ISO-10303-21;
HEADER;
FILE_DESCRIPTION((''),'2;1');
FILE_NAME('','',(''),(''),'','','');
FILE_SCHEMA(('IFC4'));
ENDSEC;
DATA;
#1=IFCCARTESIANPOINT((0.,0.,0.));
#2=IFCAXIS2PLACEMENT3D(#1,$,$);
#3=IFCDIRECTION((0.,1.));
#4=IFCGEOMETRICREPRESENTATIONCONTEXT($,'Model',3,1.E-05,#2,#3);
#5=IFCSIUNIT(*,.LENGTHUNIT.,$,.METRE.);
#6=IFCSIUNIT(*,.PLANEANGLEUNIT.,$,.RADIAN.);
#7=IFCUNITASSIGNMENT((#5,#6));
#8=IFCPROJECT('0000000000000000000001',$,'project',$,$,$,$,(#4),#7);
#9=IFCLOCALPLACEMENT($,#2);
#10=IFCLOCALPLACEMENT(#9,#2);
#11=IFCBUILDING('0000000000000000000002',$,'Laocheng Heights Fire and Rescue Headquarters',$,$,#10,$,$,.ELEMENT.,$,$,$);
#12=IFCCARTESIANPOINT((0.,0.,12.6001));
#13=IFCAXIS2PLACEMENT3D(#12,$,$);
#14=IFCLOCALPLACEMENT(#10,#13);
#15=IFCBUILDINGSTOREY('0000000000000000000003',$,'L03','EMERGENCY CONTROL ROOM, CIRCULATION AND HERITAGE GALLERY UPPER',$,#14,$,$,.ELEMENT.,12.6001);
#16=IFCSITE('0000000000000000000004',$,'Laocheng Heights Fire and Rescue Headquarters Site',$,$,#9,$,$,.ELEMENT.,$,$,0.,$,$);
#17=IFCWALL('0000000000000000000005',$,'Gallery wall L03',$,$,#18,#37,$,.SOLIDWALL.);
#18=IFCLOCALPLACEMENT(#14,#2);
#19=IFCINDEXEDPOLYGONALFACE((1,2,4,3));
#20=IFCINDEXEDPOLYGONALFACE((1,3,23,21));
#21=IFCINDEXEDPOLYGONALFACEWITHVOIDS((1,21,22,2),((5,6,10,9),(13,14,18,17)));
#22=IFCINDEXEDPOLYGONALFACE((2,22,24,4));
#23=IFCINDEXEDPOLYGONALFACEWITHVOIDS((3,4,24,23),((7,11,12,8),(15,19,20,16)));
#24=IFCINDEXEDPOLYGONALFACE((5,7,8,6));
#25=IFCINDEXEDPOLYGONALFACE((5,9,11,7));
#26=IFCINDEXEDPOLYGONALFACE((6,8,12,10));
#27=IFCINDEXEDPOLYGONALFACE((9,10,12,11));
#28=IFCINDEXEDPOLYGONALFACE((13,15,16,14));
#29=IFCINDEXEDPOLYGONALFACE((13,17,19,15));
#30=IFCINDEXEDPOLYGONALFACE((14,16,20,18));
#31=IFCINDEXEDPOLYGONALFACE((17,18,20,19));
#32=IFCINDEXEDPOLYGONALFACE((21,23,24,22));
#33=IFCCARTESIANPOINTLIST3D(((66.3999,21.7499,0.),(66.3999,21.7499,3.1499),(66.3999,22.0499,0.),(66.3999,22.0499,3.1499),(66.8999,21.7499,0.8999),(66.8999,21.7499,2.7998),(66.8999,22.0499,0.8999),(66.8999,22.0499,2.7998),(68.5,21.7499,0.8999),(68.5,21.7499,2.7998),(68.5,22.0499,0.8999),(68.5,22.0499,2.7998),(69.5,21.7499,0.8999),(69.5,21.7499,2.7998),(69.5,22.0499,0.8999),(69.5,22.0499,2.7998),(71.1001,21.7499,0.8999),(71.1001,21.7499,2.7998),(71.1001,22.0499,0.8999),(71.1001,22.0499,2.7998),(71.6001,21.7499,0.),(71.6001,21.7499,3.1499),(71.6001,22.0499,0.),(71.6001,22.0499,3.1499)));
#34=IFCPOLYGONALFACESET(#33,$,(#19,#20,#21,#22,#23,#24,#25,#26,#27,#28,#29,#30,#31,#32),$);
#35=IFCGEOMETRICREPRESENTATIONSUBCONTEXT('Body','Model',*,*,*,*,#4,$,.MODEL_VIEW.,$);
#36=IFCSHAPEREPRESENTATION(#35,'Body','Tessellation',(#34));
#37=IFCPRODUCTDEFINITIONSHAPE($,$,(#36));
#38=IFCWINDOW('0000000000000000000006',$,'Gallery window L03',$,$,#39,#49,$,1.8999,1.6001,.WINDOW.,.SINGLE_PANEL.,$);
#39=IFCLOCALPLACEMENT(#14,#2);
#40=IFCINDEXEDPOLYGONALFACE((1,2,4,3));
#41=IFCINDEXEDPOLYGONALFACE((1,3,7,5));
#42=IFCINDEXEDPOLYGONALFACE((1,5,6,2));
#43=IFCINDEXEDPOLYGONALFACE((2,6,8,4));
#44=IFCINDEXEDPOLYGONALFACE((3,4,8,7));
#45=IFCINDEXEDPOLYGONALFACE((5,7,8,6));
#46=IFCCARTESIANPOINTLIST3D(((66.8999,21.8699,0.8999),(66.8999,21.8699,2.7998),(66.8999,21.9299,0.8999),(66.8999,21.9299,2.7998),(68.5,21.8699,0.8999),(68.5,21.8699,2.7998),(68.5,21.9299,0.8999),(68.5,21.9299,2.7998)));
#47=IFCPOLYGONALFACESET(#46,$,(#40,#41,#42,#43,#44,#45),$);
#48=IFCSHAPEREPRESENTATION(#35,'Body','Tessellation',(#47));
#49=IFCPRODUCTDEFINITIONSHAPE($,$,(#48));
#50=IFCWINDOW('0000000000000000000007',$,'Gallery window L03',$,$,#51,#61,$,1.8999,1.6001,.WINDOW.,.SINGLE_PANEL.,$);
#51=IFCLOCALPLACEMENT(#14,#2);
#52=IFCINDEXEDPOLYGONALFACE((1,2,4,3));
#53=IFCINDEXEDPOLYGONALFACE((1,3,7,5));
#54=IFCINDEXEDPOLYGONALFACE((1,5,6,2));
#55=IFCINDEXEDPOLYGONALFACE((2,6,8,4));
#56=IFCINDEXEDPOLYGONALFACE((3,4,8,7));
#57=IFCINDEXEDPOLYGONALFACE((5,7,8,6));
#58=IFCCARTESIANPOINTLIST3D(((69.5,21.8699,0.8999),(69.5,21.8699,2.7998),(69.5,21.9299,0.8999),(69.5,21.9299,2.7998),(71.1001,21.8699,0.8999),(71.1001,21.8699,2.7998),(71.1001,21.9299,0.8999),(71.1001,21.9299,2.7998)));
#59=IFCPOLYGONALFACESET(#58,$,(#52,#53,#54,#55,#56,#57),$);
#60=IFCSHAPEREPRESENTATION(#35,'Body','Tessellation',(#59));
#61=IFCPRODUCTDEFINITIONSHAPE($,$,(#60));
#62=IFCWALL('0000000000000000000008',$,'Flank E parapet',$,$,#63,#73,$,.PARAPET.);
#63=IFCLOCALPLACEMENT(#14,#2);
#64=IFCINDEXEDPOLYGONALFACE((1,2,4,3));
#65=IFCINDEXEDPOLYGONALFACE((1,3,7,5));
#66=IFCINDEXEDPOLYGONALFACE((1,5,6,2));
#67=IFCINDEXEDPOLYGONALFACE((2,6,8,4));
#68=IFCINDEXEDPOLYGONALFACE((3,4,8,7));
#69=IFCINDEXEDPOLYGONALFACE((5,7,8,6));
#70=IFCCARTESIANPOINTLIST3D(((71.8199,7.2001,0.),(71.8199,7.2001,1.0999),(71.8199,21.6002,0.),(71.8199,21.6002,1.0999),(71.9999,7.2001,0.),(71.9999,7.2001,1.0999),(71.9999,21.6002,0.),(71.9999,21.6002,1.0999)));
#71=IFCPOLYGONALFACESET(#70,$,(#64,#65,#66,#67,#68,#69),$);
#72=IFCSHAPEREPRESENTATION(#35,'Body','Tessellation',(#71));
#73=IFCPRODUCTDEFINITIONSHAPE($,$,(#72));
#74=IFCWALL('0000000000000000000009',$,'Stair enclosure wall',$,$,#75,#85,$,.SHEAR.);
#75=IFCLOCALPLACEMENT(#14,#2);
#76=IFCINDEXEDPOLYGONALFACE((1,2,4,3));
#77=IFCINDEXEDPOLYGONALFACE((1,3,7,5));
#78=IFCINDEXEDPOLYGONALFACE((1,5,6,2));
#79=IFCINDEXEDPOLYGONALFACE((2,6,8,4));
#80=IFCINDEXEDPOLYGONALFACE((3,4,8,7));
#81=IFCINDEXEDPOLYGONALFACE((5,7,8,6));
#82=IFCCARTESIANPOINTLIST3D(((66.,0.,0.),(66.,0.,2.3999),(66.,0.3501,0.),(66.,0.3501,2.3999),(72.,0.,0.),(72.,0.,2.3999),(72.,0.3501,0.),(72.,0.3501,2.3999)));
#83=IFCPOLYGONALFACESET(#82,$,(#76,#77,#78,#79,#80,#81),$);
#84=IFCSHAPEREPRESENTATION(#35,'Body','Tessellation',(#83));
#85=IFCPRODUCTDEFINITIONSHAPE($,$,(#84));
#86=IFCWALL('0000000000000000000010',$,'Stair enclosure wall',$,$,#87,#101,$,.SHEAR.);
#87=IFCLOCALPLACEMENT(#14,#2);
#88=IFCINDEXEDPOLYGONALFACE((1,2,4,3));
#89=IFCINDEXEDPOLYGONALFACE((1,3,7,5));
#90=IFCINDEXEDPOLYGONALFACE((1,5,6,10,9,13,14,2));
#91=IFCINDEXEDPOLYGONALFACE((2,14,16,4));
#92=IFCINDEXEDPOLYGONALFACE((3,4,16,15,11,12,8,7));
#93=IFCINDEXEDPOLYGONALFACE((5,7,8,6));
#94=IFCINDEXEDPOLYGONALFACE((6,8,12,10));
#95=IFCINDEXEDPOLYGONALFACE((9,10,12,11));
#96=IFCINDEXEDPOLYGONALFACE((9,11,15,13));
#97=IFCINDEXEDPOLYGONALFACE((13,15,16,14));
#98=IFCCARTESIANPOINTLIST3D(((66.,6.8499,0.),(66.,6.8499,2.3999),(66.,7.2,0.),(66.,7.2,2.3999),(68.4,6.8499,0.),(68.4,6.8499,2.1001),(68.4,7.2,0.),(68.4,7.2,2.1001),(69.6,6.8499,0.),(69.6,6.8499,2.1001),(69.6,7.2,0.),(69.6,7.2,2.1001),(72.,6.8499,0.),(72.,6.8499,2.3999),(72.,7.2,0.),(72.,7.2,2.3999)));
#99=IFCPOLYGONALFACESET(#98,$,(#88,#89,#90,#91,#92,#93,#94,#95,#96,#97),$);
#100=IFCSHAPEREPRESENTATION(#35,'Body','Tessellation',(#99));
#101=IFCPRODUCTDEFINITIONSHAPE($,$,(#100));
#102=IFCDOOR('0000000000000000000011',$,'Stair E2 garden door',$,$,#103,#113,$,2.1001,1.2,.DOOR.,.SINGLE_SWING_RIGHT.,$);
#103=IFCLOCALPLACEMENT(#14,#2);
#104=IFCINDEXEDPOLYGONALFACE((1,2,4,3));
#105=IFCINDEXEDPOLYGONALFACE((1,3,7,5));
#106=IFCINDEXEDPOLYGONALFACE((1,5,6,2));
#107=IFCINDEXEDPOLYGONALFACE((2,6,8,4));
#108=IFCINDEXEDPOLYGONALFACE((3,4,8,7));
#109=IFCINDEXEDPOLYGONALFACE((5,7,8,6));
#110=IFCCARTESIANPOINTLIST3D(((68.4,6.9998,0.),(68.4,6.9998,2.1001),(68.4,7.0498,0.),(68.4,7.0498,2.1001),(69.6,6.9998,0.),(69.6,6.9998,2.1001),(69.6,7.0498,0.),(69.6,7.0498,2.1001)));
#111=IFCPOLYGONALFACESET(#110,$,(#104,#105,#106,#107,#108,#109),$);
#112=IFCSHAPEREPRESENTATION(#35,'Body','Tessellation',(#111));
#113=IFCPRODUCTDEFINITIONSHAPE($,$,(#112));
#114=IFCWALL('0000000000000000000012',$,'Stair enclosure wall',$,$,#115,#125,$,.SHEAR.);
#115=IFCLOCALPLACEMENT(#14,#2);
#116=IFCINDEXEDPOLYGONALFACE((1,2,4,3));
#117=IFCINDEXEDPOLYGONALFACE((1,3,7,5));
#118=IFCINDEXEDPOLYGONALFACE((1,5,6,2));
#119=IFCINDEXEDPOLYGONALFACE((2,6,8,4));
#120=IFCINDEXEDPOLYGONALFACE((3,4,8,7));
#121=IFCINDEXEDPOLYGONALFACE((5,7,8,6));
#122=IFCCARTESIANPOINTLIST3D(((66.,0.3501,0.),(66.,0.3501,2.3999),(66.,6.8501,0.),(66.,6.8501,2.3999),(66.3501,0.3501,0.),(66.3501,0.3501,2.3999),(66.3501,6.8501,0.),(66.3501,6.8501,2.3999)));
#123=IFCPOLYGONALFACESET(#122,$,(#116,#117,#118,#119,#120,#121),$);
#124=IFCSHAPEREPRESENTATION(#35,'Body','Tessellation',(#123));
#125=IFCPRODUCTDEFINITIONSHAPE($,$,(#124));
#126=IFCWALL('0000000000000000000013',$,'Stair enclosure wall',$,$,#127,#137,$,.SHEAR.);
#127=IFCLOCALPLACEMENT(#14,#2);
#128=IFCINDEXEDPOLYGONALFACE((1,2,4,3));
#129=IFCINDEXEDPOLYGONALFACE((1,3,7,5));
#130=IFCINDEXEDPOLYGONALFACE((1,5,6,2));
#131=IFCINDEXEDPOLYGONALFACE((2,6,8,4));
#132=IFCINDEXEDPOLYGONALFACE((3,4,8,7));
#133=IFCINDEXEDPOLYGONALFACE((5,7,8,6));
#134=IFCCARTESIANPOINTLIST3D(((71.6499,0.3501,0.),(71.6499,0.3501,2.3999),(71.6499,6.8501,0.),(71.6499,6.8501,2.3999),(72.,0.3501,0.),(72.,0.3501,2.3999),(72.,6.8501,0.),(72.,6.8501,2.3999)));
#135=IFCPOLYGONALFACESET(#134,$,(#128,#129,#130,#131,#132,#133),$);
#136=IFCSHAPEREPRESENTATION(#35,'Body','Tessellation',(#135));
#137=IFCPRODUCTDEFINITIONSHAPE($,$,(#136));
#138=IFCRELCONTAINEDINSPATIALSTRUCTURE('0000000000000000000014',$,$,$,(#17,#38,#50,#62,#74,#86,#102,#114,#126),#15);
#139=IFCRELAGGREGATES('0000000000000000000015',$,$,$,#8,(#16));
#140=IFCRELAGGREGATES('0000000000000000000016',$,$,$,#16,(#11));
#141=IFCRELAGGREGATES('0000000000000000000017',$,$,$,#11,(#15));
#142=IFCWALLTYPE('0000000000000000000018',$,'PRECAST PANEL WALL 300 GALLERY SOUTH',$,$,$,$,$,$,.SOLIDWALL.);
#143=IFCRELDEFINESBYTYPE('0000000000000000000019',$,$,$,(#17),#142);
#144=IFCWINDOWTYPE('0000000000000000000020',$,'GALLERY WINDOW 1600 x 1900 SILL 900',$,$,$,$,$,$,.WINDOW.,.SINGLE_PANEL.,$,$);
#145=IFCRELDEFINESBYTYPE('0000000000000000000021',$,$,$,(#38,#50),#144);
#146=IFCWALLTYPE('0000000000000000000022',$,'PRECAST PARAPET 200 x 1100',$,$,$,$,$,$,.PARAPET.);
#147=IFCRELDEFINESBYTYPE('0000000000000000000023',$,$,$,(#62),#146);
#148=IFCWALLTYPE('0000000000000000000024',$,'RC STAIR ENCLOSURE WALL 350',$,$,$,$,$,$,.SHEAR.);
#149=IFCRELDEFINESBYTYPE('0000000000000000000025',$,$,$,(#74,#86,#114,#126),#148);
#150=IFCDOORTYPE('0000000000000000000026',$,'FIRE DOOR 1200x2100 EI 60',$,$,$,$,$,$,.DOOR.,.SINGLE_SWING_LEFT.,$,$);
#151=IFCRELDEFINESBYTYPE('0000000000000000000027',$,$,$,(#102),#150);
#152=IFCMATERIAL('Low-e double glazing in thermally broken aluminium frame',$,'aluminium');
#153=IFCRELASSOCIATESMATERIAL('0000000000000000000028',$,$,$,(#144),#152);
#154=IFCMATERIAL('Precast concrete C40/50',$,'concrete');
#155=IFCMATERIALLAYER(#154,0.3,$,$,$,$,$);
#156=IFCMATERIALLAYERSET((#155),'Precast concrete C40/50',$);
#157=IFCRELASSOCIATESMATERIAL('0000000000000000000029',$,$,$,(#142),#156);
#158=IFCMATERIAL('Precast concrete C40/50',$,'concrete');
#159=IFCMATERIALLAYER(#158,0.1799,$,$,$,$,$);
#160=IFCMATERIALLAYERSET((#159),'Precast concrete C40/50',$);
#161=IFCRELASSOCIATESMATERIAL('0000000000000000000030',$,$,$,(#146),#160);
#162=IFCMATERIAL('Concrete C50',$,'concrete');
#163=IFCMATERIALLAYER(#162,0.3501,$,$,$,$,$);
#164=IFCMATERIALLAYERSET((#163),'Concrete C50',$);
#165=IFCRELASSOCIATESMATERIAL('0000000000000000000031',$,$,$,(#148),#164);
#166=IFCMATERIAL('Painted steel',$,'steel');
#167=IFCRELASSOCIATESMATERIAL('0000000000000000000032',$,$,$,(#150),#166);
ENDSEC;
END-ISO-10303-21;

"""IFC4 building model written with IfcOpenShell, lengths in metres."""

from ifc_helpers import new_model, si_unit, direction, frame, frame_2d, origin, place, context, subcontext, project, spatial, rectangle, extrude, material, layer, layer_set, type_object, element, fill, save


model = new_model("IFC4")

# Units and contexts
model_context = context("Model", 3, precision=1e-05, world=origin(), true_north=direction((0.0, 1.0)))
body_context = subcontext(model_context, "Body", "Model", "MODEL_VIEW")
ifc_project = project(units=[si_unit("LENGTHUNIT", "METRE"), si_unit("PLANEANGLEUNIT", "RADIAN")], contexts=[model_context])

# Site, building, storey
site_placement = place(None, origin())
site = spatial("IfcSite", under=ifc_project, at=site_placement, Name="Laocheng Heights Fire and Rescue Headquarters Site", CompositionType="ELEMENT", RefElevation=0.0)
building_placement = place(site_placement, origin())
building = spatial("IfcBuilding", under=site, at=building_placement, Name="Laocheng Heights Fire and Rescue Headquarters", CompositionType="ELEMENT")
storey_placement = place(building_placement, frame((0.0, 0.0, 12.6001)))
storey = spatial("IfcBuildingStorey", under=building, at=storey_placement, Name="L03", Description="EMERGENCY CONTROL ROOM, CIRCULATION AND HERITAGE GALLERY UPPER", CompositionType="ELEMENT", Elevation=12.6001)

# Shared definitions
ifc_material_1 = material(Name="Low-e double glazing in thermally broken aluminium frame", Category="aluminium")
window_type = type_object("IfcWindowType", Name="GALLERY WINDOW 1600 x 1900 SILL 900", PartitioningType="SINGLE_PANEL", PredefinedType="WINDOW", material=ifc_material_1)

# Wall, openings, windows
ifc_material_2 = material(Name="Precast concrete C40/50", Category="concrete")
ifc_layer_1 = layer(ifc_material_2, 0.3)
ifc_layer_set_1 = layer_set([ifc_layer_1], Name="Precast concrete C40/50")
wall_type_1 = type_object("IfcWallType", Name="PRECAST PANEL WALL 300 GALLERY SOUTH", PredefinedType="SOLIDWALL", material=ifc_layer_set_1)
wall_1_placement = place(storey_placement, frame((66.3999, 21.8999, 0.0), z_axis=(0.0, 0.0, 1.0), x_axis=(1.0, 0.0, 0.0)))
wall_1 = element("IfcWall", 1, at=wall_1_placement, inside=storey, type_object=wall_type_1, Name="Gallery wall L03", PredefinedType="SOLIDWALL", context=body_context, shape_type="SweptSolid", body=[
    extrude(rectangle(XDim=5.2002, YDim=0.3, at=frame_2d((2.6001, 0.0))), origin(), (0.0, 0.0, 1.0), 3.1499),
])
opening_1_placement = place(wall_1_placement, frame((0.5, 0.0, 0.8999)))
opening_1 = element("IfcOpeningElement", 2, at=opening_1_placement, cuts=wall_1, PredefinedType="OPENING", context=body_context, shape_type="SweptSolid", body=[
    extrude(rectangle(XDim=1.6001, YDim=1.8999, at=frame_2d((0.8, 0.95))), frame((0.0, 0.1599, 0.0), z_axis=(0.0, -1.0, 0.0), x_axis=(1.0, 0.0, 0.0)), (0.0, 0.0, 1.0), 0.3201),
])
opening_2_placement = place(wall_1_placement, frame((3.1001, 0.0, 0.8999)))
opening_2 = element("IfcOpeningElement", 3, at=opening_2_placement, cuts=wall_1, PredefinedType="OPENING", context=body_context, shape_type="SweptSolid", body=[
    extrude(rectangle(XDim=1.6001, YDim=1.8999, at=frame_2d((0.8, 0.95))), frame((0.0, 0.1599, 0.0), z_axis=(0.0, -1.0, 0.0), x_axis=(1.0, 0.0, 0.0)), (0.0, 0.0, 1.0), 0.3201),
])
window_1_placement = place(opening_1_placement, origin())
window_1 = element("IfcWindow", 4, at=window_1_placement, inside=storey, type_object=window_type, Name="Gallery window L03", OverallHeight=1.8999, OverallWidth=1.6001, PartitioningType="SINGLE_PANEL", PredefinedType="WINDOW", context=body_context, shape_type="SweptSolid", body=[
    extrude(rectangle(XDim=1.6001, YDim=1.8999, at=frame_2d((0.8, 0.95))), frame((0.0, 0.03, 0.0), z_axis=(0.0, -1.0, 0.0), x_axis=(1.0, 0.0, 0.0)), (0.0, 0.0, 1.0), 0.0601),
])
fill(opening_1, window_1)
window_2_placement = place(opening_2_placement, origin())
window_2 = element("IfcWindow", 5, at=window_2_placement, inside=storey, type_object=window_type, Name="Gallery window L03", OverallHeight=1.8999, OverallWidth=1.6001, PartitioningType="SINGLE_PANEL", PredefinedType="WINDOW", context=body_context, shape_type="SweptSolid", body=[
    extrude(rectangle(XDim=1.6001, YDim=1.8999, at=frame_2d((0.8, 0.95))), frame((0.0, 0.03, 0.0), z_axis=(0.0, -1.0, 0.0), x_axis=(1.0, 0.0, 0.0)), (0.0, 0.0, 1.0), 0.0601),
])
fill(opening_2, window_2)

# Walls
ifc_material_3 = material(Name="Precast concrete C40/50", Category="concrete")
ifc_layer_2 = layer(ifc_material_3, 0.1799)
ifc_layer_set_2 = layer_set([ifc_layer_2], Name="Precast concrete C40/50")
wall_type_2 = type_object("IfcWallType", Name="PRECAST PARAPET 200 x 1100", PredefinedType="PARAPET", material=ifc_layer_set_2)
wall_2_placement = place(storey_placement, frame((71.9099, 7.2, 0.0), z_axis=(0.0, 0.0, 1.0), x_axis=(0.0, 1.0, 0.0)))
element("IfcWall", 6, at=wall_2_placement, inside=storey, type_object=wall_type_2, Name="Flank E parapet", PredefinedType="PARAPET", context=body_context, shape_type="SweptSolid", body=[
    extrude(rectangle(XDim=14.4001, YDim=0.1799, at=frame_2d((7.2002, 0.0))), origin(), (0.0, 0.0, 1.0), 1.0999),
])
ifc_material_4 = material(Name="Concrete C50", Category="concrete")
ifc_layer_3 = layer(ifc_material_4, 0.3501)
ifc_layer_set_3 = layer_set([ifc_layer_3], Name="Concrete C50")
wall_type_3 = type_object("IfcWallType", Name="RC STAIR ENCLOSURE WALL 350", PredefinedType="SHEAR", material=ifc_layer_set_3)
wall_3_placement = place(storey_placement, frame((66.0, 0.175, 0.0), z_axis=(0.0, 0.0, 1.0), x_axis=(1.0, 0.0, 0.0)))
element("IfcWall", 7, at=wall_3_placement, inside=storey, type_object=wall_type_3, Name="Stair enclosure wall", PredefinedType="SHEAR", context=body_context, shape_type="SweptSolid", body=[
    extrude(rectangle(XDim=6.0, YDim=0.3501, at=frame_2d((3.0, 0.0))), origin(), (0.0, 0.0, 1.0), 2.3999),
])

# Wall, opening, door
wall_4_placement = place(storey_placement, frame((66.0, 7.0249, 0.0), z_axis=(0.0, 0.0, 1.0), x_axis=(1.0, 0.0, 0.0)))
wall_4 = element("IfcWall", 8, at=wall_4_placement, inside=storey, type_object=wall_type_3, Name="Stair enclosure wall", PredefinedType="SHEAR", context=body_context, shape_type="SweptSolid", body=[
    extrude(rectangle(XDim=6.0, YDim=0.3501, at=frame_2d((3.0, 0.0))), origin(), (0.0, 0.0, 1.0), 2.3999),
])
opening_3_placement = place(wall_4_placement, frame((2.3999, 0.0, 0.0)))
opening_3 = element("IfcOpeningElement", 9, at=opening_3_placement, cuts=wall_4, PredefinedType="OPENING", context=body_context, shape_type="SweptSolid", body=[
    extrude(rectangle(XDim=1.2, YDim=2.1001, at=frame_2d((0.6001, 1.05))), frame((0.0, 0.1851, 0.0), z_axis=(0.0, -1.0, 0.0), x_axis=(1.0, 0.0, 0.0)), (0.0, 0.0, 1.0), 0.3701),
])
ifc_material_5 = material(Name="Painted steel", Category="steel")
door_type_1 = type_object("IfcDoorType", Name="FIRE DOOR 1200x2100 EI 60", OperationType="SINGLE_SWING_LEFT", PredefinedType="DOOR", material=ifc_material_5)
door_1_placement = place(opening_3_placement, origin())
door_1 = element("IfcDoor", 10, at=door_1_placement, inside=storey, type_object=door_type_1, Name="Stair E2 garden door", OperationType="SINGLE_SWING_RIGHT", OverallHeight=2.1001, OverallWidth=1.2, PredefinedType="DOOR", context=body_context, shape_type="SweptSolid", body=[
    extrude(rectangle(XDim=1.2, YDim=2.1001, at=frame_2d((0.6001, 1.05))), frame((0.0, 0.0249, 0.0), z_axis=(0.0, -1.0, 0.0), x_axis=(1.0, 0.0, 0.0)), (0.0, 0.0, 1.0), 0.05),
])
fill(opening_3, door_1)

# Walls
for number, where, z_axis, x_axis, name in (
    (11, (66.175, 0.3501, 0.0), (0.0, 0.0, 1.0), (0.0, 1.0, 0.0), "Stair enclosure wall"),
    (12, (71.825, 0.3501, 0.0), (0.0, 0.0, 1.0), (0.0, 1.0, 0.0), "Stair enclosure wall"),
):
    element("IfcWall", number, at=place(storey_placement, frame(where, z_axis=z_axis, x_axis=x_axis)), inside=storey, type_object=wall_type_3, Name=name, PredefinedType="SHEAR", context=body_context, shape_type="SweptSolid", body=[
        extrude(rectangle(XDim=6.5, YDim=0.3501, at=frame_2d((3.25, 0.0))), origin(), (0.0, 0.0, 1.0), 2.3999),
    ])

save(model, "model.ifc")
